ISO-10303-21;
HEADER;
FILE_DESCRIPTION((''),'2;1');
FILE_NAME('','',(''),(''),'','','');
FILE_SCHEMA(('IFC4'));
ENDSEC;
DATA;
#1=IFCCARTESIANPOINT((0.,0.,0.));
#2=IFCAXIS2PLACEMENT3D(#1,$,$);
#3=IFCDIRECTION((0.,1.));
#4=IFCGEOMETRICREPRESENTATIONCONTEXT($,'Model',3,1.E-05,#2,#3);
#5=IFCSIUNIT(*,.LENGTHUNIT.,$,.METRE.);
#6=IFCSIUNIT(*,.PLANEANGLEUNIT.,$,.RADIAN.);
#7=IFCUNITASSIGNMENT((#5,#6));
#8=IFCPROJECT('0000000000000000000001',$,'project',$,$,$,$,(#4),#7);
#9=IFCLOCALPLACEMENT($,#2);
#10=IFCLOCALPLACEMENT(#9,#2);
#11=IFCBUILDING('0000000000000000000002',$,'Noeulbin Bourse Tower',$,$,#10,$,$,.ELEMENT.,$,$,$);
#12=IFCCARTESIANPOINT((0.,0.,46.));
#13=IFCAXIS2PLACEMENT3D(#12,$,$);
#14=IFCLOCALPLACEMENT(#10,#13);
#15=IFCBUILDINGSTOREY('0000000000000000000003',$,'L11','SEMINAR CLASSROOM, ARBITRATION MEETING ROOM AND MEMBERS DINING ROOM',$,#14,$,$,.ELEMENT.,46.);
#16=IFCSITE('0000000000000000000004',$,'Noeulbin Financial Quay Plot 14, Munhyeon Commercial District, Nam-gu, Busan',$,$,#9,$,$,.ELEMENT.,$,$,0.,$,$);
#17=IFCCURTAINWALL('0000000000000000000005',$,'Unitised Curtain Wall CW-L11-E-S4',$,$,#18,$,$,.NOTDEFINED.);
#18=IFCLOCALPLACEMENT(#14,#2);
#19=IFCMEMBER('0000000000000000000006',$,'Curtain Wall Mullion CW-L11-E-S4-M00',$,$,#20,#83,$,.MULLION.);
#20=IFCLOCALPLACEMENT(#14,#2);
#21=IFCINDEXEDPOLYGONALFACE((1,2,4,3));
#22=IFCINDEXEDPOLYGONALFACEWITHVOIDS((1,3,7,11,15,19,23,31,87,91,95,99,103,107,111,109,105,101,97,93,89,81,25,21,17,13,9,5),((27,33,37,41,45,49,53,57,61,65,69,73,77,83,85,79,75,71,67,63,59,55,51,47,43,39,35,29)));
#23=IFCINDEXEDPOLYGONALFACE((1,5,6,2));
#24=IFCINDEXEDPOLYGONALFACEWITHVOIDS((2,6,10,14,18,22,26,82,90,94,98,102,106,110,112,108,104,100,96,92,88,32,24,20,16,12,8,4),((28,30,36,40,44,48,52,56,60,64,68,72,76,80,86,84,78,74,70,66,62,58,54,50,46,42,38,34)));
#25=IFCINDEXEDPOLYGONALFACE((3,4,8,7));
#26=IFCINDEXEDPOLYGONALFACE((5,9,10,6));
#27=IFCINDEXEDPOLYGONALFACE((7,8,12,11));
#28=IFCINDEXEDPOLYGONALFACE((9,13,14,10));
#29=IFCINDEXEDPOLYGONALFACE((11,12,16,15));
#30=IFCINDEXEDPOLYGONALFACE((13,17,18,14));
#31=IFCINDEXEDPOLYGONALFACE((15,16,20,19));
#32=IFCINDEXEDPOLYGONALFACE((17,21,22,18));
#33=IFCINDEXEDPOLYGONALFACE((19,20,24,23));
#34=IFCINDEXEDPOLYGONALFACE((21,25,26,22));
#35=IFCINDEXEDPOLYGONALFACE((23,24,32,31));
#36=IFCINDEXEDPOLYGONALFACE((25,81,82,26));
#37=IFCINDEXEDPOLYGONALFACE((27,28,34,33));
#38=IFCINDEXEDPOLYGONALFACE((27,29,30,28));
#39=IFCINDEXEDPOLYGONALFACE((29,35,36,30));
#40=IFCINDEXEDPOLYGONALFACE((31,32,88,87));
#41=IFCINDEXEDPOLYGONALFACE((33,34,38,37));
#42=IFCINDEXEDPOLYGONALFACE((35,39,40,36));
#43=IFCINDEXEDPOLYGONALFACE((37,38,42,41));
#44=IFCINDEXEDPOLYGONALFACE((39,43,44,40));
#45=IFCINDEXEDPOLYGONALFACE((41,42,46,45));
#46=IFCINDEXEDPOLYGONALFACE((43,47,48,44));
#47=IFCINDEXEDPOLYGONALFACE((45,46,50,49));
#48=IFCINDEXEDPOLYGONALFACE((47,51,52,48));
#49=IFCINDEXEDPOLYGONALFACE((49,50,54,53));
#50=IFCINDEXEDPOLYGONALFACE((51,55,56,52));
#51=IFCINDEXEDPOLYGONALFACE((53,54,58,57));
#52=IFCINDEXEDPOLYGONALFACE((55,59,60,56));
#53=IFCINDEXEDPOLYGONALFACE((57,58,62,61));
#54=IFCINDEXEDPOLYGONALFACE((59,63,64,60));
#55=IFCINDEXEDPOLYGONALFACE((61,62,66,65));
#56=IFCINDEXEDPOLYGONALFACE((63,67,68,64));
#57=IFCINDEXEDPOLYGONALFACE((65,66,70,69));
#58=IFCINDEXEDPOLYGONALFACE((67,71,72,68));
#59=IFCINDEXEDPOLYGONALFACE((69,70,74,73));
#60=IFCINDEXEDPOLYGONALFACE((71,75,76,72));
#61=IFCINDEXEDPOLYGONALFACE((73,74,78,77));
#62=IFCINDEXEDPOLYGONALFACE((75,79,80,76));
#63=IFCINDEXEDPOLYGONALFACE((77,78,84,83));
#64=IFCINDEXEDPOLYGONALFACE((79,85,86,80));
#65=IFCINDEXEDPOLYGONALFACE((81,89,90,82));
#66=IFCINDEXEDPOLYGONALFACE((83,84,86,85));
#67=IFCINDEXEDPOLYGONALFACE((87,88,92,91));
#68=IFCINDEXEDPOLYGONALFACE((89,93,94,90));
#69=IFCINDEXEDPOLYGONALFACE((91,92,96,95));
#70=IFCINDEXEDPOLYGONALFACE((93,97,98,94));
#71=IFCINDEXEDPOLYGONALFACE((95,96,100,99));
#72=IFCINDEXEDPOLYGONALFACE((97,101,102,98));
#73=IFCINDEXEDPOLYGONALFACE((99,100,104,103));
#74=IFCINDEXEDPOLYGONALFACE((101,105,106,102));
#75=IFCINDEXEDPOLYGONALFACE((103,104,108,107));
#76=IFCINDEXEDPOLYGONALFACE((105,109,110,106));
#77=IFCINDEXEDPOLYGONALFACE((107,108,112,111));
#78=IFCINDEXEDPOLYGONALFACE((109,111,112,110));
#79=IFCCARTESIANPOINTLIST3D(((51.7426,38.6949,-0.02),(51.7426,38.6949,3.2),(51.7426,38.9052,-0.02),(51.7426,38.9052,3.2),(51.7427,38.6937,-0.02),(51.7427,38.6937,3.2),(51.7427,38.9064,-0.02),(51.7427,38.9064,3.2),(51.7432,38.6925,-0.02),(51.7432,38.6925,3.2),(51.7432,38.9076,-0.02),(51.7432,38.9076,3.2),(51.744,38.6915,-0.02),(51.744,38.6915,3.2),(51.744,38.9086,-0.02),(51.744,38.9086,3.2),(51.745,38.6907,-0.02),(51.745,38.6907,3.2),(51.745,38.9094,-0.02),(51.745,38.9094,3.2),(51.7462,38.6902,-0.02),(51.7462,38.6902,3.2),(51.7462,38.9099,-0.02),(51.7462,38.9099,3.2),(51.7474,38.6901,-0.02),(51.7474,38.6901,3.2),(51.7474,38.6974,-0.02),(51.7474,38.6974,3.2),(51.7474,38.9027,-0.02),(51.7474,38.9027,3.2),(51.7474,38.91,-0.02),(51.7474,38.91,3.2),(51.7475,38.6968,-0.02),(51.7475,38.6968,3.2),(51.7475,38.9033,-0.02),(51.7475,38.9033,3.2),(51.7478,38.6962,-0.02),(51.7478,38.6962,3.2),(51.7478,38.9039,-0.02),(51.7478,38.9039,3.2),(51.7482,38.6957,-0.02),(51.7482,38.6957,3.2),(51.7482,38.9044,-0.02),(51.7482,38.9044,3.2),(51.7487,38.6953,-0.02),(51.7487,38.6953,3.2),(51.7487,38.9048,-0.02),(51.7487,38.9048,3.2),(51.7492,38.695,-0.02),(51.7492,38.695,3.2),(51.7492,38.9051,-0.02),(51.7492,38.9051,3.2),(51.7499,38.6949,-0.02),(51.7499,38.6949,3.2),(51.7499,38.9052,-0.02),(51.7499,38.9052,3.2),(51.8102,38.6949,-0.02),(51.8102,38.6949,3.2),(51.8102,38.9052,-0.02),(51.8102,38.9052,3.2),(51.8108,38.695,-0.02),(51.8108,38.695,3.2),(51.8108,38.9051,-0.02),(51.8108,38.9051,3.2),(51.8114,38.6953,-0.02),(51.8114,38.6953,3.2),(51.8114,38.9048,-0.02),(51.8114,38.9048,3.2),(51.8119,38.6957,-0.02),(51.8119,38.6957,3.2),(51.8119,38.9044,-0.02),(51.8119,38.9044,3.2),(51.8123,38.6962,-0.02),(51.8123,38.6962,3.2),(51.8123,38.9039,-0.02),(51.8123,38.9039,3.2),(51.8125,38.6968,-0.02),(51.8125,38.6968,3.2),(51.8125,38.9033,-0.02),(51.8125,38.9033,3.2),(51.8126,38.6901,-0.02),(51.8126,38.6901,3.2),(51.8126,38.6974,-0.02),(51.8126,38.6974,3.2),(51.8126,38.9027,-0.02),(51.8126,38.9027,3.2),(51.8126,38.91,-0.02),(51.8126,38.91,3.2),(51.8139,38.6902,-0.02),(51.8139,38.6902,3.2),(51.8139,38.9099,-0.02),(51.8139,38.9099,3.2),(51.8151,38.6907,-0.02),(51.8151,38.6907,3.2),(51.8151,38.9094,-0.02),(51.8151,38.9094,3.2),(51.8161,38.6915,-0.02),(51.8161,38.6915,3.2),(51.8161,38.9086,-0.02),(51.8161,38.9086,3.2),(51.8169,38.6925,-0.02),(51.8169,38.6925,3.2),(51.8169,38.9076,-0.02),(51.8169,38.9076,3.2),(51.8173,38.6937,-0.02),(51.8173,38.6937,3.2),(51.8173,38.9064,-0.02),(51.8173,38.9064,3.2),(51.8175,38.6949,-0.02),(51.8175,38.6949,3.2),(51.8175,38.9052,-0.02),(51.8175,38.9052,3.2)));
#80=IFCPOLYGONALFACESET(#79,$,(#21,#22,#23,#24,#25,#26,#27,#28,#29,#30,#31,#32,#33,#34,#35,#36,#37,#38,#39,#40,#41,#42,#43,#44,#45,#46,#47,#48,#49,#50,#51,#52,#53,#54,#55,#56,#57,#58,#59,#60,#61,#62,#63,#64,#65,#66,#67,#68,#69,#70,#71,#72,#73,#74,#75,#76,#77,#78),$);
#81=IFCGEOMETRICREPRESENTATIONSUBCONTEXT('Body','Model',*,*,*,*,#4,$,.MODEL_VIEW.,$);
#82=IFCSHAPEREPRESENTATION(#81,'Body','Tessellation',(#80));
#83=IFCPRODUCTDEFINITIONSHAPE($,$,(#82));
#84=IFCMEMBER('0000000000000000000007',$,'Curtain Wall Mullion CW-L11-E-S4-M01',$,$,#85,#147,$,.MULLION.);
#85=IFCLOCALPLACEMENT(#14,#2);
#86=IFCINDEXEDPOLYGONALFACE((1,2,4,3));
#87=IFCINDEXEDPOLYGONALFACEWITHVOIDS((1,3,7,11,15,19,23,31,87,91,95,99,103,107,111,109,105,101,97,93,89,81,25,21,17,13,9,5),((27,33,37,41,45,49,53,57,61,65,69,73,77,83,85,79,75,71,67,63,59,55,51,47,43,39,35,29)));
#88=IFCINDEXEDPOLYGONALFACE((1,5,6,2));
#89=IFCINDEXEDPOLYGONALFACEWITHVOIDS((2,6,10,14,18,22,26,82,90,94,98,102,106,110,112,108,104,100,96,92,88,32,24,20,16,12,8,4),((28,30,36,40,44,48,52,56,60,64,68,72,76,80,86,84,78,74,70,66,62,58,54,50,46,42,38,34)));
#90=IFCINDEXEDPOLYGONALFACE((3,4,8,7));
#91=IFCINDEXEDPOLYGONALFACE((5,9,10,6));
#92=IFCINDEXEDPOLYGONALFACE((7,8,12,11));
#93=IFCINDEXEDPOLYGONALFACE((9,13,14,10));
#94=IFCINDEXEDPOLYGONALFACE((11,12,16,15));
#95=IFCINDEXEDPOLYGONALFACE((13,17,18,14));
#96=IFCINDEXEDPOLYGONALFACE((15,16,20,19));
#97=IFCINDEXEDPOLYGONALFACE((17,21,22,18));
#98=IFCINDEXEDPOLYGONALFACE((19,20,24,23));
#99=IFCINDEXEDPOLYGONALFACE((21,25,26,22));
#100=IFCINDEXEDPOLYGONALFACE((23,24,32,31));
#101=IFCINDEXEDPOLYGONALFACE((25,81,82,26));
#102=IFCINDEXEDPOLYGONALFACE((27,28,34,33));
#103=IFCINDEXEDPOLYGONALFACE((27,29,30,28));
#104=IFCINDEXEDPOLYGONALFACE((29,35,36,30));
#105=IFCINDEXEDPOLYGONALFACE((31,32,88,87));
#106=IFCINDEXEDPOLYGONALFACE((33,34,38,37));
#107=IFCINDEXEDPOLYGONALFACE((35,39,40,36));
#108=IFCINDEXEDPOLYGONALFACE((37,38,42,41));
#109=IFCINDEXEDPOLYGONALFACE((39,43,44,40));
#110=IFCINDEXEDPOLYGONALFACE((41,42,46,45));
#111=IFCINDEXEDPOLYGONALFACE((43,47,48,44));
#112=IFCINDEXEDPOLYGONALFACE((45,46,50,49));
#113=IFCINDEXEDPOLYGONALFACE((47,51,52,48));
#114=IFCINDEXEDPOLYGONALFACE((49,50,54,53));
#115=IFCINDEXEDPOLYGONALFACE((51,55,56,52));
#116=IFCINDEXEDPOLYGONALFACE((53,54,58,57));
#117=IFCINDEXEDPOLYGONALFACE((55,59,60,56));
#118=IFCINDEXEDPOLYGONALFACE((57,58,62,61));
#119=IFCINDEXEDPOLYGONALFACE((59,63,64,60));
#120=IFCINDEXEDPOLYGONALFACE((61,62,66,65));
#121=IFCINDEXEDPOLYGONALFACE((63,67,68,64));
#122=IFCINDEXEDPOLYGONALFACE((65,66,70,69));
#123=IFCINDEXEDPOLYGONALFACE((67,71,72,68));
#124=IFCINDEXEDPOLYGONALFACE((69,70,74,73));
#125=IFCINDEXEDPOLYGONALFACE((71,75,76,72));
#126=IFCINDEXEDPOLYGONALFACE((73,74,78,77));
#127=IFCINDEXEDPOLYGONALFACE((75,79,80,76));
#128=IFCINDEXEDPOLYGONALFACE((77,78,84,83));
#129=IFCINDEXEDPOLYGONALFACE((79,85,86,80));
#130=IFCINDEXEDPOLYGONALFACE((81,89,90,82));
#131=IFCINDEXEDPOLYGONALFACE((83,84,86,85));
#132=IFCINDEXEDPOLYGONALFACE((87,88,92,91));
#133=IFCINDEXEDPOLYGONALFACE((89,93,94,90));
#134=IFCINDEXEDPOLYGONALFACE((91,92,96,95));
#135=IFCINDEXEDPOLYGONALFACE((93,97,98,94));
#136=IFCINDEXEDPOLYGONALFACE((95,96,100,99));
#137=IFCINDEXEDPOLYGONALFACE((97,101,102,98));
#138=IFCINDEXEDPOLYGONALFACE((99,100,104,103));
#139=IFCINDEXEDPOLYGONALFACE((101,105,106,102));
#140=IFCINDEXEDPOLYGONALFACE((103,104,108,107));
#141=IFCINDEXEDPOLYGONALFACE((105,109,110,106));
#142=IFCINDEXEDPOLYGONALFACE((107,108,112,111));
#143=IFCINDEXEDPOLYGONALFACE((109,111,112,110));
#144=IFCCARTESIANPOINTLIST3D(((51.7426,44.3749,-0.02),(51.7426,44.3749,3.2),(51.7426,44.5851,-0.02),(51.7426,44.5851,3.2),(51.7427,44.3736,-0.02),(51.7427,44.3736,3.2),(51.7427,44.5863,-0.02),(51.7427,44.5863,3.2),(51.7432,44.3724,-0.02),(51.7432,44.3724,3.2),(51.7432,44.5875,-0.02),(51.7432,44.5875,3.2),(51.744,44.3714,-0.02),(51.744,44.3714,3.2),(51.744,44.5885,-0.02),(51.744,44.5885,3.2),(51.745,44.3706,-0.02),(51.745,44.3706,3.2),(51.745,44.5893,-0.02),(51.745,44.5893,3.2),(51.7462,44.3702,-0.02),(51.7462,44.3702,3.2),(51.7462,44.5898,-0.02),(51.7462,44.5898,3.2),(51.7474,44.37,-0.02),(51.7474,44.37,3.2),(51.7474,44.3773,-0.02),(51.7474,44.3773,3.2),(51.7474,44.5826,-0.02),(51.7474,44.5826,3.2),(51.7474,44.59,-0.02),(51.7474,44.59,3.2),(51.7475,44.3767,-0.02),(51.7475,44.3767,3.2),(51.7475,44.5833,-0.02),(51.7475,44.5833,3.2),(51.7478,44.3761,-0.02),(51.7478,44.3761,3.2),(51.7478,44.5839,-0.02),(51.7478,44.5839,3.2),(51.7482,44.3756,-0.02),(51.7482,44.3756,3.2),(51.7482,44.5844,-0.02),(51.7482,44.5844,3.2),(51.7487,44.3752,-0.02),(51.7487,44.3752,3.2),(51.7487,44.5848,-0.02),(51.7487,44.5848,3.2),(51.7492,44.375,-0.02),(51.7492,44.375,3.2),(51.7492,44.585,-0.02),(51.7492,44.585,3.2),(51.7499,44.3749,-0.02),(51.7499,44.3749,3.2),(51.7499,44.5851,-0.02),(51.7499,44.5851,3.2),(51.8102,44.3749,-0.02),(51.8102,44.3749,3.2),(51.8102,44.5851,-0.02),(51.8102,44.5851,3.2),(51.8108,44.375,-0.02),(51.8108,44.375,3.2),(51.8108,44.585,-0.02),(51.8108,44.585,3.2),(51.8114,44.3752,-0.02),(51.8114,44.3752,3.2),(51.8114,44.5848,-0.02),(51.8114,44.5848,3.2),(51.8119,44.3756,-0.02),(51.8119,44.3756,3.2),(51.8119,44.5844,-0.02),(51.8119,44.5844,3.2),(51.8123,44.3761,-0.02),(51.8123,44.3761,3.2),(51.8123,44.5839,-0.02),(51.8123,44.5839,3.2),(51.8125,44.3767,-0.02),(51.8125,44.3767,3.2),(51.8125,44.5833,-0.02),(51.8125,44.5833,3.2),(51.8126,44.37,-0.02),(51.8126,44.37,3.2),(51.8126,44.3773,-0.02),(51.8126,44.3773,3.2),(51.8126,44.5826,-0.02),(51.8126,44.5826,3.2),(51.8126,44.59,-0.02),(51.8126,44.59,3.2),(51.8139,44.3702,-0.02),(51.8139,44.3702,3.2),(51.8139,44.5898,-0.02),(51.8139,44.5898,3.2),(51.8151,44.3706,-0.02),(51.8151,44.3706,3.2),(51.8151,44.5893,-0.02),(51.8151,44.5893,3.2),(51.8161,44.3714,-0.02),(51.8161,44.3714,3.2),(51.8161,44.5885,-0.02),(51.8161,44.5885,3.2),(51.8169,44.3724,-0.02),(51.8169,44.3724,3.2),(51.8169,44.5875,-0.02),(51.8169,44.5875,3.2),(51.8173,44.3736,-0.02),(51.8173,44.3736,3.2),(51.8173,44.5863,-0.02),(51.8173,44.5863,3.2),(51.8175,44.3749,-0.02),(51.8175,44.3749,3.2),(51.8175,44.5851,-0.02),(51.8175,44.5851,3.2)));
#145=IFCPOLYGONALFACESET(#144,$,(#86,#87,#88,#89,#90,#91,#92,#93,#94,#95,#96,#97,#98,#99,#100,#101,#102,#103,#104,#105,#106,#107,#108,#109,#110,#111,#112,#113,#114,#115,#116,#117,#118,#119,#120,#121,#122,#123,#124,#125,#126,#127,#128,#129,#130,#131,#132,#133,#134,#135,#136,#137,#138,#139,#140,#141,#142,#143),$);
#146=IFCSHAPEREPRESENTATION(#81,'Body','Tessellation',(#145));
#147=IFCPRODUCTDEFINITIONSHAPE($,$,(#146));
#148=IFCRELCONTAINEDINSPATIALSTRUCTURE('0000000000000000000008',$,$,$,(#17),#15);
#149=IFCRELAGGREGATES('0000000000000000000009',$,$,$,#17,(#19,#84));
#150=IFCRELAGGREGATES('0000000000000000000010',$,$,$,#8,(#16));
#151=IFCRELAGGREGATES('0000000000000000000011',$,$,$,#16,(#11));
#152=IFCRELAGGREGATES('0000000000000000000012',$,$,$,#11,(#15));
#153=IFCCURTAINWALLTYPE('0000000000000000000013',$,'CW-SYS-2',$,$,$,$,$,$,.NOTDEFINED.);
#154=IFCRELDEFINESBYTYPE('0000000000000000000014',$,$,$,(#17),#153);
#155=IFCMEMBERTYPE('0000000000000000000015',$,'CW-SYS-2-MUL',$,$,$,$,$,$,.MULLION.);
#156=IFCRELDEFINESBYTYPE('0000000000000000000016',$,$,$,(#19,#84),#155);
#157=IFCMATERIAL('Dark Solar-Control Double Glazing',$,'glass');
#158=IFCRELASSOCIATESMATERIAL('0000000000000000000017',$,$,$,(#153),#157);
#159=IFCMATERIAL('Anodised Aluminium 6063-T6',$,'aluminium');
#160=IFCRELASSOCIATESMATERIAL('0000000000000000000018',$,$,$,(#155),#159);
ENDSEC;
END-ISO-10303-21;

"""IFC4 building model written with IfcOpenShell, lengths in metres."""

from ifc_helpers import new_model, si_unit, direction, frame, origin, origin_2d, place, context, subcontext, project, spatial, hollow_rectangle, extrude, material, material_profile, profile_set, type_object, element, aggregate, save


model = new_model("IFC4")

# Units and contexts
model_context = context("Model", 3, precision=1e-05, world=origin(), true_north=direction((0.0, 1.0)))
body_context = subcontext(model_context, "Body", "Model", "MODEL_VIEW")
ifc_project = project(units=[si_unit("LENGTHUNIT", "METRE"), si_unit("PLANEANGLEUNIT", "RADIAN")], contexts=[model_context])

# Site, building, storey
site_placement = place(None, origin())
site = spatial("IfcSite", under=ifc_project, at=site_placement, Name="Noeulbin Financial Quay Plot 14, Munhyeon Commercial District, Nam-gu, Busan", CompositionType="ELEMENT", RefElevation=0.0)
building_placement = place(site_placement, origin())
building = spatial("IfcBuilding", under=site, at=building_placement, Name="Noeulbin Bourse Tower", CompositionType="ELEMENT")
storey_placement = place(building_placement, frame((0.0, 0.0, 46.0)))
storey = spatial("IfcBuildingStorey", under=building, at=storey_placement, Name="L11", Description="SEMINAR CLASSROOM, ARBITRATION MEETING ROOM AND MEMBERS DINING ROOM", CompositionType="ELEMENT", Elevation=46.0)

# Shared definitions
ifc_material_1 = material(Name="Dark Solar-Control Double Glazing", Category="glass")
curtain_wall_type = type_object("IfcCurtainWallType", Name="CW-SYS-2", PredefinedType="NOTDEFINED", material=ifc_material_1)
ifc_material_2 = material(Name="Anodised Aluminium 6063-T6", Category="aluminium")
ifc_material_profile_1 = material_profile(ifc_material_2, hollow_rectangle(XDim=0.075, YDim=0.22, WallThickness=0.0049, InnerFilletRadius=0.0024, OuterFilletRadius=0.0049, at=origin_2d()), Name="ALU-MULL-75x220x5", Category="LoadBearing")
ifc_profile_set_1 = profile_set([ifc_material_profile_1], Name="Anodised Aluminium 6063-T6")
member_type_1 = type_object("IfcMemberType", Name="CW-SYS-2-MUL", PredefinedType="MULLION", material=ifc_profile_set_1)

# Curtain wall, members
curtain_wall_1_placement = place(storey_placement, origin())
curtain_wall_1 = element("IfcCurtainWall", 1, at=curtain_wall_1_placement, inside=storey, type_object=curtain_wall_type, Name="Unitised Curtain Wall CW-L11-E-S4", PredefinedType="NOTDEFINED")
member_1_placement = place(storey_placement, frame((51.78, 38.8, -0.02), z_axis=(0.0, 0.0, 1.0), x_axis=(1.0, 0.0, 0.0)))
member_1 = element("IfcMember", 2, at=member_1_placement, type_object=member_type_1, Name="Curtain Wall Mullion CW-L11-E-S4-M00", PredefinedType="MULLION", context=body_context, shape_type="SweptSolid", body=[
    extrude(hollow_rectangle(XDim=0.075, YDim=0.22, WallThickness=0.0049, InnerFilletRadius=0.0024, OuterFilletRadius=0.0049, at=origin_2d()), origin(), (0.0, 0.0, 1.0), 3.22),
])
member_2_placement = place(storey_placement, frame((51.78, 44.48, -0.02), z_axis=(0.0, 0.0, 1.0), x_axis=(1.0, 0.0, 0.0)))
member_2 = element("IfcMember", 3, at=member_2_placement, type_object=member_type_1, Name="Curtain Wall Mullion CW-L11-E-S4-M01", PredefinedType="MULLION", context=body_context, shape_type="SweptSolid", body=[
    extrude(hollow_rectangle(XDim=0.075, YDim=0.22, WallThickness=0.0049, InnerFilletRadius=0.0024, OuterFilletRadius=0.0049, at=origin_2d()), origin(), (0.0, 0.0, 1.0), 3.22),
])

aggregate(curtain_wall_1, [member_1, member_2])

save(model, "model.ifc")
